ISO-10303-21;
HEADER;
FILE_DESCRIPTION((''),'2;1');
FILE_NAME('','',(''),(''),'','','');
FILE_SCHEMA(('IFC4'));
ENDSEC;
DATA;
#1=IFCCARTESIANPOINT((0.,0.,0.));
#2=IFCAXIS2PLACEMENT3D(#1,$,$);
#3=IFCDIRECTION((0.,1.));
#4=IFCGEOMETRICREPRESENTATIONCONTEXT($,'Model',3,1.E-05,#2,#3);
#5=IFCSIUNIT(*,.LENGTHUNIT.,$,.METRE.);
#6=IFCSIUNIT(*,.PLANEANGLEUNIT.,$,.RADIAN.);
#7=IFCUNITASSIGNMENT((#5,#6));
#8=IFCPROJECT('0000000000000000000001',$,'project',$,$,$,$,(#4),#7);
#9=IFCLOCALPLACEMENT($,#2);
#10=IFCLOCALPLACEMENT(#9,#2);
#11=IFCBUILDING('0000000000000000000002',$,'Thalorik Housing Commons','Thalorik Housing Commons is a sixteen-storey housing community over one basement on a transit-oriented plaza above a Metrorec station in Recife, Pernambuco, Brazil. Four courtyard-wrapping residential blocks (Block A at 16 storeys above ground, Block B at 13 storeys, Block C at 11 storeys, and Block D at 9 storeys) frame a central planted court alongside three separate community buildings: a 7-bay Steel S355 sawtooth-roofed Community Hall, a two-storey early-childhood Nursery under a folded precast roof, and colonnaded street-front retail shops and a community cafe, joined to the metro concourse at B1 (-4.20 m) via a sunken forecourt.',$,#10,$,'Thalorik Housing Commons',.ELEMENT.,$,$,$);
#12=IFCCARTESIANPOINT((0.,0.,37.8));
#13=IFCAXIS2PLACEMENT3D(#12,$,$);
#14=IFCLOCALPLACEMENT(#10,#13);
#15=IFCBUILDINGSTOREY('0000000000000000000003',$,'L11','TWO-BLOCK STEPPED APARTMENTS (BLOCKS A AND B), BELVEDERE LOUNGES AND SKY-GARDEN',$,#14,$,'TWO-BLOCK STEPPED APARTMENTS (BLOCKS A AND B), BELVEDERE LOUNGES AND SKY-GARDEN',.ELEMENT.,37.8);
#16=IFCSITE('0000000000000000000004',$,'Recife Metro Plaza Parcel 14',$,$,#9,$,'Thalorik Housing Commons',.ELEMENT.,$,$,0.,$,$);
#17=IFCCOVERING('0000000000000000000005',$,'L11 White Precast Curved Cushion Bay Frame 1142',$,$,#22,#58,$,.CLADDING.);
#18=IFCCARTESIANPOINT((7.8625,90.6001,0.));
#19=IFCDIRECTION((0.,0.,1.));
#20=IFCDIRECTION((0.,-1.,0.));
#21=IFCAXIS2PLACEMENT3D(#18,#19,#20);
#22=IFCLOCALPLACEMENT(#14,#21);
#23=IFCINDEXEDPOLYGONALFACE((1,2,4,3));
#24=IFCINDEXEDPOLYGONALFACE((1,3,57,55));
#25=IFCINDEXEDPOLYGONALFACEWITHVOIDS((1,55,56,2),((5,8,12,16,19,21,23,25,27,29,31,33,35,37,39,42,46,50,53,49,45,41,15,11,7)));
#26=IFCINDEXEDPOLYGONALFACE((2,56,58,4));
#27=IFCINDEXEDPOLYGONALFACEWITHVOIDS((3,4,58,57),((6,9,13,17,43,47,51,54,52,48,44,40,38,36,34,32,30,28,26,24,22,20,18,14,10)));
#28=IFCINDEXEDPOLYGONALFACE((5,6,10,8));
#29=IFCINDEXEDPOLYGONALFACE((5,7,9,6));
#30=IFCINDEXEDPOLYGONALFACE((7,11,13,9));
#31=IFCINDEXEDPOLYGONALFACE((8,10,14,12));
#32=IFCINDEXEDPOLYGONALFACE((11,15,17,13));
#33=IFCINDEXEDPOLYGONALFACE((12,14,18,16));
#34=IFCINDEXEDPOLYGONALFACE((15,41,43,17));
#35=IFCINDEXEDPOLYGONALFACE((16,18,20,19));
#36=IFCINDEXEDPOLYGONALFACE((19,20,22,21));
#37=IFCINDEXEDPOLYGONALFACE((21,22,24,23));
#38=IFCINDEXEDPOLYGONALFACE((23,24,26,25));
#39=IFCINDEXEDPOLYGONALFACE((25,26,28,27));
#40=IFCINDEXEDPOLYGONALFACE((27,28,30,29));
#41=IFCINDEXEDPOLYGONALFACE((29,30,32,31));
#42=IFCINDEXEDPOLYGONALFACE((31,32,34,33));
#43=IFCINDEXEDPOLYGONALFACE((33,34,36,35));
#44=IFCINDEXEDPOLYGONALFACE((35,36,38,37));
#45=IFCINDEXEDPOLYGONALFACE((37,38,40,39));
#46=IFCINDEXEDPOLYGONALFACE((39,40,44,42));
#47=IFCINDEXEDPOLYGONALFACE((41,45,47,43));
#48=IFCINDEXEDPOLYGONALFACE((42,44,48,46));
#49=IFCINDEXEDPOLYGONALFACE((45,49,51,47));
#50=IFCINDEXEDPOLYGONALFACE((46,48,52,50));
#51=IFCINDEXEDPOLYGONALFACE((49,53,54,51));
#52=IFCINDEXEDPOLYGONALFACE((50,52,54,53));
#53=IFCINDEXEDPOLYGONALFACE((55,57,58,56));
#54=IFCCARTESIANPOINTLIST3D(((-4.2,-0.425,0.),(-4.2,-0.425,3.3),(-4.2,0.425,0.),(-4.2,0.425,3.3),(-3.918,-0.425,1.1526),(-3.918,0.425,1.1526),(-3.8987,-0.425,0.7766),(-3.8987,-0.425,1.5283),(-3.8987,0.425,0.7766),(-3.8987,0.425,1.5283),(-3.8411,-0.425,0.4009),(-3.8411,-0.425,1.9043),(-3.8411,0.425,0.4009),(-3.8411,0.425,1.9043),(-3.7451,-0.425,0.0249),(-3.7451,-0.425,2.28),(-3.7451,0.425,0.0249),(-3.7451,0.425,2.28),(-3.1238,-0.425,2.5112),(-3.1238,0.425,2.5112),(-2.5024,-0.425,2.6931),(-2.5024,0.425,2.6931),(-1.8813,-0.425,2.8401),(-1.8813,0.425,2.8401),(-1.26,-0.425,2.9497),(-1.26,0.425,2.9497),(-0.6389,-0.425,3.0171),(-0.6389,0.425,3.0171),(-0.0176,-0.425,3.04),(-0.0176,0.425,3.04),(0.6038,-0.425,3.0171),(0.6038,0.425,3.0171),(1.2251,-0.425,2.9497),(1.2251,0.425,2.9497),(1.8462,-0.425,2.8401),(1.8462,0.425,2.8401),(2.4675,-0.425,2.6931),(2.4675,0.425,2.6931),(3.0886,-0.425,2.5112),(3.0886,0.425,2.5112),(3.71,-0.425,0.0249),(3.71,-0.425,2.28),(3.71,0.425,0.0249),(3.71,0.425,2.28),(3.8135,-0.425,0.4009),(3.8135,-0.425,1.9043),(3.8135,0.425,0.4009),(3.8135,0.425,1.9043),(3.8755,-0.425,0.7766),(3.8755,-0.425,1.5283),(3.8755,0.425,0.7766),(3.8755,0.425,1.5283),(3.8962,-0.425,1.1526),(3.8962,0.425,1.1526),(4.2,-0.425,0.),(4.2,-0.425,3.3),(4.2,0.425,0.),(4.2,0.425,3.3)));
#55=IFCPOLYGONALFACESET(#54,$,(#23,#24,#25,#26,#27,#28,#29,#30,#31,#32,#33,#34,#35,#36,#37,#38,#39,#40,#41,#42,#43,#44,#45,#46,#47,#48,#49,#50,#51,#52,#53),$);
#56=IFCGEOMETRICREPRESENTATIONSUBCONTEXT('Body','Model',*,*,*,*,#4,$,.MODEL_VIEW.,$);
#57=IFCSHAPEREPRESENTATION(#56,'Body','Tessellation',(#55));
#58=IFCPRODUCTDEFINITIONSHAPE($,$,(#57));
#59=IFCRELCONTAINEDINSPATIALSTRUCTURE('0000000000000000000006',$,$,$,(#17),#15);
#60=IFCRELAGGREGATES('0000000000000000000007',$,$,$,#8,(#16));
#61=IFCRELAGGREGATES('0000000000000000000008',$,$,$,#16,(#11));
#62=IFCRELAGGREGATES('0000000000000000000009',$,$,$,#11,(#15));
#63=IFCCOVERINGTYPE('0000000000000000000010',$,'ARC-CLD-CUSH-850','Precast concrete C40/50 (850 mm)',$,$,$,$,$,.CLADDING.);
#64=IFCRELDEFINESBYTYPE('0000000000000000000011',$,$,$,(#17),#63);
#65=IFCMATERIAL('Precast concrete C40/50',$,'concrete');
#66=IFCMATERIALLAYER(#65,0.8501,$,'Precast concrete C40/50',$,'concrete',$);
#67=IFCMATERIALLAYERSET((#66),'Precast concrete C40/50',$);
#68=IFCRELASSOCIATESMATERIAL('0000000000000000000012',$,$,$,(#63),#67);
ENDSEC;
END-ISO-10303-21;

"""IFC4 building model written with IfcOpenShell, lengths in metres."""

from ifc_helpers import new_model, si_unit, direction, frame, origin, place, context, subcontext, project, spatial, polyline, outline, extrude, material, layer, layer_set, type_object, element, save


model = new_model("IFC4")

# Units and contexts
model_context = context("Model", 3, precision=1e-05, world=origin(), true_north=direction((0.0, 1.0)))
body_context = subcontext(model_context, "Body", "Model", "MODEL_VIEW")
ifc_project = project(units=[si_unit("LENGTHUNIT", "METRE"), si_unit("PLANEANGLEUNIT", "RADIAN")], contexts=[model_context])

# Site, building, storey
site_placement = place(None, origin())
site = spatial("IfcSite", under=ifc_project, at=site_placement, Name="Recife Metro Plaza Parcel 14", LongName="Thalorik Housing Commons", CompositionType="ELEMENT", RefElevation=0.0)
building_placement = place(site_placement, origin())
building = spatial("IfcBuilding", under=site, at=building_placement, Name="Thalorik Housing Commons", Description="Thalorik Housing Commons is a sixteen-storey housing community over one basement on a transit-oriented plaza above a Metrorec station in Recife, Pernambuco, Brazil. Four courtyard-wrapping residential blocks (Block A at 16 storeys above ground, Block B at 13 storeys, Block C at 11 storeys, and Block D at 9 storeys) frame a central planted court alongside three separate community buildings: a 7-bay Steel S355 sawtooth-roofed Community Hall, a two-storey early-childhood Nursery under a folded precast roof, and colonnaded street-front retail shops and a community cafe, joined to the metro concourse at B1 (-4.20 m) via a sunken forecourt.", LongName="Thalorik Housing Commons", CompositionType="ELEMENT")
storey_placement = place(building_placement, frame((0.0, 0.0, 37.8)))
storey = spatial("IfcBuildingStorey", under=building, at=storey_placement, Name="L11", Description="TWO-BLOCK STEPPED APARTMENTS (BLOCKS A AND B), BELVEDERE LOUNGES AND SKY-GARDEN", LongName="TWO-BLOCK STEPPED APARTMENTS (BLOCKS A AND B), BELVEDERE LOUNGES AND SKY-GARDEN", CompositionType="ELEMENT", Elevation=37.8)

# Shared definitions
ifc_material_1 = material(Name="Precast concrete C40/50", Category="concrete")

# Covering
ifc_layer_1 = layer(ifc_material_1, 0.8501, Name="Precast concrete C40/50", Category="concrete")
ifc_layer_set_1 = layer_set([ifc_layer_1], Name="Precast concrete C40/50")
covering_type_1 = type_object("IfcCoveringType", Name="ARC-CLD-CUSH-850", Description="Precast concrete C40/50 (850 mm)", PredefinedType="CLADDING", material=ifc_layer_set_1)
covering_1_placement = place(storey_placement, frame((7.8625, 90.6001, 0.0), z_axis=(0.0, 0.0, 1.0), x_axis=(0.0, -1.0, 0.0)))
element("IfcCovering", 1, at=covering_1_placement, inside=storey, type_object=covering_type_1, Name="L11 White Precast Curved Cushion Bay Frame 1142", PredefinedType="CLADDING", context=body_context, shape_type="SweptSolid", body=[
    extrude(outline(polyline([(-4.2, 0.0), (4.2, 0.0), (4.2, 3.3), (-4.2, 3.3), (-4.2, 0.0)]), holes=[polyline([(3.71, 0.0249), (3.8135, 0.4009), (3.8755, 0.7766), (3.8962, 1.1526), (3.8755, 1.5283), (3.8135, 1.9043), (3.71, 2.28), (3.0886, 2.5112), (2.4675, 2.6931), (1.8462, 2.8401), (1.2251, 2.9497), (0.6038, 3.0171), (-0.0176, 3.04), (-0.6389, 3.0171), (-1.26, 2.9497), (-1.8813, 2.8401), (-2.5024, 2.6931), (-3.1238, 2.5112), (-3.7451, 2.28), (-3.8411, 1.9043), (-3.8987, 1.5283), (-3.918, 1.1526), (-3.8987, 0.7766), (-3.8411, 0.4009), (-3.7451, 0.0249), (3.71, 0.0249)])]), frame((0.0, 0.425, 0.0), z_axis=(0.0, -1.0, 0.0), x_axis=(1.0, 0.0, 0.0)), (0.0, 0.0, 1.0), 0.8501),
])

save(model, "model.ifc")
